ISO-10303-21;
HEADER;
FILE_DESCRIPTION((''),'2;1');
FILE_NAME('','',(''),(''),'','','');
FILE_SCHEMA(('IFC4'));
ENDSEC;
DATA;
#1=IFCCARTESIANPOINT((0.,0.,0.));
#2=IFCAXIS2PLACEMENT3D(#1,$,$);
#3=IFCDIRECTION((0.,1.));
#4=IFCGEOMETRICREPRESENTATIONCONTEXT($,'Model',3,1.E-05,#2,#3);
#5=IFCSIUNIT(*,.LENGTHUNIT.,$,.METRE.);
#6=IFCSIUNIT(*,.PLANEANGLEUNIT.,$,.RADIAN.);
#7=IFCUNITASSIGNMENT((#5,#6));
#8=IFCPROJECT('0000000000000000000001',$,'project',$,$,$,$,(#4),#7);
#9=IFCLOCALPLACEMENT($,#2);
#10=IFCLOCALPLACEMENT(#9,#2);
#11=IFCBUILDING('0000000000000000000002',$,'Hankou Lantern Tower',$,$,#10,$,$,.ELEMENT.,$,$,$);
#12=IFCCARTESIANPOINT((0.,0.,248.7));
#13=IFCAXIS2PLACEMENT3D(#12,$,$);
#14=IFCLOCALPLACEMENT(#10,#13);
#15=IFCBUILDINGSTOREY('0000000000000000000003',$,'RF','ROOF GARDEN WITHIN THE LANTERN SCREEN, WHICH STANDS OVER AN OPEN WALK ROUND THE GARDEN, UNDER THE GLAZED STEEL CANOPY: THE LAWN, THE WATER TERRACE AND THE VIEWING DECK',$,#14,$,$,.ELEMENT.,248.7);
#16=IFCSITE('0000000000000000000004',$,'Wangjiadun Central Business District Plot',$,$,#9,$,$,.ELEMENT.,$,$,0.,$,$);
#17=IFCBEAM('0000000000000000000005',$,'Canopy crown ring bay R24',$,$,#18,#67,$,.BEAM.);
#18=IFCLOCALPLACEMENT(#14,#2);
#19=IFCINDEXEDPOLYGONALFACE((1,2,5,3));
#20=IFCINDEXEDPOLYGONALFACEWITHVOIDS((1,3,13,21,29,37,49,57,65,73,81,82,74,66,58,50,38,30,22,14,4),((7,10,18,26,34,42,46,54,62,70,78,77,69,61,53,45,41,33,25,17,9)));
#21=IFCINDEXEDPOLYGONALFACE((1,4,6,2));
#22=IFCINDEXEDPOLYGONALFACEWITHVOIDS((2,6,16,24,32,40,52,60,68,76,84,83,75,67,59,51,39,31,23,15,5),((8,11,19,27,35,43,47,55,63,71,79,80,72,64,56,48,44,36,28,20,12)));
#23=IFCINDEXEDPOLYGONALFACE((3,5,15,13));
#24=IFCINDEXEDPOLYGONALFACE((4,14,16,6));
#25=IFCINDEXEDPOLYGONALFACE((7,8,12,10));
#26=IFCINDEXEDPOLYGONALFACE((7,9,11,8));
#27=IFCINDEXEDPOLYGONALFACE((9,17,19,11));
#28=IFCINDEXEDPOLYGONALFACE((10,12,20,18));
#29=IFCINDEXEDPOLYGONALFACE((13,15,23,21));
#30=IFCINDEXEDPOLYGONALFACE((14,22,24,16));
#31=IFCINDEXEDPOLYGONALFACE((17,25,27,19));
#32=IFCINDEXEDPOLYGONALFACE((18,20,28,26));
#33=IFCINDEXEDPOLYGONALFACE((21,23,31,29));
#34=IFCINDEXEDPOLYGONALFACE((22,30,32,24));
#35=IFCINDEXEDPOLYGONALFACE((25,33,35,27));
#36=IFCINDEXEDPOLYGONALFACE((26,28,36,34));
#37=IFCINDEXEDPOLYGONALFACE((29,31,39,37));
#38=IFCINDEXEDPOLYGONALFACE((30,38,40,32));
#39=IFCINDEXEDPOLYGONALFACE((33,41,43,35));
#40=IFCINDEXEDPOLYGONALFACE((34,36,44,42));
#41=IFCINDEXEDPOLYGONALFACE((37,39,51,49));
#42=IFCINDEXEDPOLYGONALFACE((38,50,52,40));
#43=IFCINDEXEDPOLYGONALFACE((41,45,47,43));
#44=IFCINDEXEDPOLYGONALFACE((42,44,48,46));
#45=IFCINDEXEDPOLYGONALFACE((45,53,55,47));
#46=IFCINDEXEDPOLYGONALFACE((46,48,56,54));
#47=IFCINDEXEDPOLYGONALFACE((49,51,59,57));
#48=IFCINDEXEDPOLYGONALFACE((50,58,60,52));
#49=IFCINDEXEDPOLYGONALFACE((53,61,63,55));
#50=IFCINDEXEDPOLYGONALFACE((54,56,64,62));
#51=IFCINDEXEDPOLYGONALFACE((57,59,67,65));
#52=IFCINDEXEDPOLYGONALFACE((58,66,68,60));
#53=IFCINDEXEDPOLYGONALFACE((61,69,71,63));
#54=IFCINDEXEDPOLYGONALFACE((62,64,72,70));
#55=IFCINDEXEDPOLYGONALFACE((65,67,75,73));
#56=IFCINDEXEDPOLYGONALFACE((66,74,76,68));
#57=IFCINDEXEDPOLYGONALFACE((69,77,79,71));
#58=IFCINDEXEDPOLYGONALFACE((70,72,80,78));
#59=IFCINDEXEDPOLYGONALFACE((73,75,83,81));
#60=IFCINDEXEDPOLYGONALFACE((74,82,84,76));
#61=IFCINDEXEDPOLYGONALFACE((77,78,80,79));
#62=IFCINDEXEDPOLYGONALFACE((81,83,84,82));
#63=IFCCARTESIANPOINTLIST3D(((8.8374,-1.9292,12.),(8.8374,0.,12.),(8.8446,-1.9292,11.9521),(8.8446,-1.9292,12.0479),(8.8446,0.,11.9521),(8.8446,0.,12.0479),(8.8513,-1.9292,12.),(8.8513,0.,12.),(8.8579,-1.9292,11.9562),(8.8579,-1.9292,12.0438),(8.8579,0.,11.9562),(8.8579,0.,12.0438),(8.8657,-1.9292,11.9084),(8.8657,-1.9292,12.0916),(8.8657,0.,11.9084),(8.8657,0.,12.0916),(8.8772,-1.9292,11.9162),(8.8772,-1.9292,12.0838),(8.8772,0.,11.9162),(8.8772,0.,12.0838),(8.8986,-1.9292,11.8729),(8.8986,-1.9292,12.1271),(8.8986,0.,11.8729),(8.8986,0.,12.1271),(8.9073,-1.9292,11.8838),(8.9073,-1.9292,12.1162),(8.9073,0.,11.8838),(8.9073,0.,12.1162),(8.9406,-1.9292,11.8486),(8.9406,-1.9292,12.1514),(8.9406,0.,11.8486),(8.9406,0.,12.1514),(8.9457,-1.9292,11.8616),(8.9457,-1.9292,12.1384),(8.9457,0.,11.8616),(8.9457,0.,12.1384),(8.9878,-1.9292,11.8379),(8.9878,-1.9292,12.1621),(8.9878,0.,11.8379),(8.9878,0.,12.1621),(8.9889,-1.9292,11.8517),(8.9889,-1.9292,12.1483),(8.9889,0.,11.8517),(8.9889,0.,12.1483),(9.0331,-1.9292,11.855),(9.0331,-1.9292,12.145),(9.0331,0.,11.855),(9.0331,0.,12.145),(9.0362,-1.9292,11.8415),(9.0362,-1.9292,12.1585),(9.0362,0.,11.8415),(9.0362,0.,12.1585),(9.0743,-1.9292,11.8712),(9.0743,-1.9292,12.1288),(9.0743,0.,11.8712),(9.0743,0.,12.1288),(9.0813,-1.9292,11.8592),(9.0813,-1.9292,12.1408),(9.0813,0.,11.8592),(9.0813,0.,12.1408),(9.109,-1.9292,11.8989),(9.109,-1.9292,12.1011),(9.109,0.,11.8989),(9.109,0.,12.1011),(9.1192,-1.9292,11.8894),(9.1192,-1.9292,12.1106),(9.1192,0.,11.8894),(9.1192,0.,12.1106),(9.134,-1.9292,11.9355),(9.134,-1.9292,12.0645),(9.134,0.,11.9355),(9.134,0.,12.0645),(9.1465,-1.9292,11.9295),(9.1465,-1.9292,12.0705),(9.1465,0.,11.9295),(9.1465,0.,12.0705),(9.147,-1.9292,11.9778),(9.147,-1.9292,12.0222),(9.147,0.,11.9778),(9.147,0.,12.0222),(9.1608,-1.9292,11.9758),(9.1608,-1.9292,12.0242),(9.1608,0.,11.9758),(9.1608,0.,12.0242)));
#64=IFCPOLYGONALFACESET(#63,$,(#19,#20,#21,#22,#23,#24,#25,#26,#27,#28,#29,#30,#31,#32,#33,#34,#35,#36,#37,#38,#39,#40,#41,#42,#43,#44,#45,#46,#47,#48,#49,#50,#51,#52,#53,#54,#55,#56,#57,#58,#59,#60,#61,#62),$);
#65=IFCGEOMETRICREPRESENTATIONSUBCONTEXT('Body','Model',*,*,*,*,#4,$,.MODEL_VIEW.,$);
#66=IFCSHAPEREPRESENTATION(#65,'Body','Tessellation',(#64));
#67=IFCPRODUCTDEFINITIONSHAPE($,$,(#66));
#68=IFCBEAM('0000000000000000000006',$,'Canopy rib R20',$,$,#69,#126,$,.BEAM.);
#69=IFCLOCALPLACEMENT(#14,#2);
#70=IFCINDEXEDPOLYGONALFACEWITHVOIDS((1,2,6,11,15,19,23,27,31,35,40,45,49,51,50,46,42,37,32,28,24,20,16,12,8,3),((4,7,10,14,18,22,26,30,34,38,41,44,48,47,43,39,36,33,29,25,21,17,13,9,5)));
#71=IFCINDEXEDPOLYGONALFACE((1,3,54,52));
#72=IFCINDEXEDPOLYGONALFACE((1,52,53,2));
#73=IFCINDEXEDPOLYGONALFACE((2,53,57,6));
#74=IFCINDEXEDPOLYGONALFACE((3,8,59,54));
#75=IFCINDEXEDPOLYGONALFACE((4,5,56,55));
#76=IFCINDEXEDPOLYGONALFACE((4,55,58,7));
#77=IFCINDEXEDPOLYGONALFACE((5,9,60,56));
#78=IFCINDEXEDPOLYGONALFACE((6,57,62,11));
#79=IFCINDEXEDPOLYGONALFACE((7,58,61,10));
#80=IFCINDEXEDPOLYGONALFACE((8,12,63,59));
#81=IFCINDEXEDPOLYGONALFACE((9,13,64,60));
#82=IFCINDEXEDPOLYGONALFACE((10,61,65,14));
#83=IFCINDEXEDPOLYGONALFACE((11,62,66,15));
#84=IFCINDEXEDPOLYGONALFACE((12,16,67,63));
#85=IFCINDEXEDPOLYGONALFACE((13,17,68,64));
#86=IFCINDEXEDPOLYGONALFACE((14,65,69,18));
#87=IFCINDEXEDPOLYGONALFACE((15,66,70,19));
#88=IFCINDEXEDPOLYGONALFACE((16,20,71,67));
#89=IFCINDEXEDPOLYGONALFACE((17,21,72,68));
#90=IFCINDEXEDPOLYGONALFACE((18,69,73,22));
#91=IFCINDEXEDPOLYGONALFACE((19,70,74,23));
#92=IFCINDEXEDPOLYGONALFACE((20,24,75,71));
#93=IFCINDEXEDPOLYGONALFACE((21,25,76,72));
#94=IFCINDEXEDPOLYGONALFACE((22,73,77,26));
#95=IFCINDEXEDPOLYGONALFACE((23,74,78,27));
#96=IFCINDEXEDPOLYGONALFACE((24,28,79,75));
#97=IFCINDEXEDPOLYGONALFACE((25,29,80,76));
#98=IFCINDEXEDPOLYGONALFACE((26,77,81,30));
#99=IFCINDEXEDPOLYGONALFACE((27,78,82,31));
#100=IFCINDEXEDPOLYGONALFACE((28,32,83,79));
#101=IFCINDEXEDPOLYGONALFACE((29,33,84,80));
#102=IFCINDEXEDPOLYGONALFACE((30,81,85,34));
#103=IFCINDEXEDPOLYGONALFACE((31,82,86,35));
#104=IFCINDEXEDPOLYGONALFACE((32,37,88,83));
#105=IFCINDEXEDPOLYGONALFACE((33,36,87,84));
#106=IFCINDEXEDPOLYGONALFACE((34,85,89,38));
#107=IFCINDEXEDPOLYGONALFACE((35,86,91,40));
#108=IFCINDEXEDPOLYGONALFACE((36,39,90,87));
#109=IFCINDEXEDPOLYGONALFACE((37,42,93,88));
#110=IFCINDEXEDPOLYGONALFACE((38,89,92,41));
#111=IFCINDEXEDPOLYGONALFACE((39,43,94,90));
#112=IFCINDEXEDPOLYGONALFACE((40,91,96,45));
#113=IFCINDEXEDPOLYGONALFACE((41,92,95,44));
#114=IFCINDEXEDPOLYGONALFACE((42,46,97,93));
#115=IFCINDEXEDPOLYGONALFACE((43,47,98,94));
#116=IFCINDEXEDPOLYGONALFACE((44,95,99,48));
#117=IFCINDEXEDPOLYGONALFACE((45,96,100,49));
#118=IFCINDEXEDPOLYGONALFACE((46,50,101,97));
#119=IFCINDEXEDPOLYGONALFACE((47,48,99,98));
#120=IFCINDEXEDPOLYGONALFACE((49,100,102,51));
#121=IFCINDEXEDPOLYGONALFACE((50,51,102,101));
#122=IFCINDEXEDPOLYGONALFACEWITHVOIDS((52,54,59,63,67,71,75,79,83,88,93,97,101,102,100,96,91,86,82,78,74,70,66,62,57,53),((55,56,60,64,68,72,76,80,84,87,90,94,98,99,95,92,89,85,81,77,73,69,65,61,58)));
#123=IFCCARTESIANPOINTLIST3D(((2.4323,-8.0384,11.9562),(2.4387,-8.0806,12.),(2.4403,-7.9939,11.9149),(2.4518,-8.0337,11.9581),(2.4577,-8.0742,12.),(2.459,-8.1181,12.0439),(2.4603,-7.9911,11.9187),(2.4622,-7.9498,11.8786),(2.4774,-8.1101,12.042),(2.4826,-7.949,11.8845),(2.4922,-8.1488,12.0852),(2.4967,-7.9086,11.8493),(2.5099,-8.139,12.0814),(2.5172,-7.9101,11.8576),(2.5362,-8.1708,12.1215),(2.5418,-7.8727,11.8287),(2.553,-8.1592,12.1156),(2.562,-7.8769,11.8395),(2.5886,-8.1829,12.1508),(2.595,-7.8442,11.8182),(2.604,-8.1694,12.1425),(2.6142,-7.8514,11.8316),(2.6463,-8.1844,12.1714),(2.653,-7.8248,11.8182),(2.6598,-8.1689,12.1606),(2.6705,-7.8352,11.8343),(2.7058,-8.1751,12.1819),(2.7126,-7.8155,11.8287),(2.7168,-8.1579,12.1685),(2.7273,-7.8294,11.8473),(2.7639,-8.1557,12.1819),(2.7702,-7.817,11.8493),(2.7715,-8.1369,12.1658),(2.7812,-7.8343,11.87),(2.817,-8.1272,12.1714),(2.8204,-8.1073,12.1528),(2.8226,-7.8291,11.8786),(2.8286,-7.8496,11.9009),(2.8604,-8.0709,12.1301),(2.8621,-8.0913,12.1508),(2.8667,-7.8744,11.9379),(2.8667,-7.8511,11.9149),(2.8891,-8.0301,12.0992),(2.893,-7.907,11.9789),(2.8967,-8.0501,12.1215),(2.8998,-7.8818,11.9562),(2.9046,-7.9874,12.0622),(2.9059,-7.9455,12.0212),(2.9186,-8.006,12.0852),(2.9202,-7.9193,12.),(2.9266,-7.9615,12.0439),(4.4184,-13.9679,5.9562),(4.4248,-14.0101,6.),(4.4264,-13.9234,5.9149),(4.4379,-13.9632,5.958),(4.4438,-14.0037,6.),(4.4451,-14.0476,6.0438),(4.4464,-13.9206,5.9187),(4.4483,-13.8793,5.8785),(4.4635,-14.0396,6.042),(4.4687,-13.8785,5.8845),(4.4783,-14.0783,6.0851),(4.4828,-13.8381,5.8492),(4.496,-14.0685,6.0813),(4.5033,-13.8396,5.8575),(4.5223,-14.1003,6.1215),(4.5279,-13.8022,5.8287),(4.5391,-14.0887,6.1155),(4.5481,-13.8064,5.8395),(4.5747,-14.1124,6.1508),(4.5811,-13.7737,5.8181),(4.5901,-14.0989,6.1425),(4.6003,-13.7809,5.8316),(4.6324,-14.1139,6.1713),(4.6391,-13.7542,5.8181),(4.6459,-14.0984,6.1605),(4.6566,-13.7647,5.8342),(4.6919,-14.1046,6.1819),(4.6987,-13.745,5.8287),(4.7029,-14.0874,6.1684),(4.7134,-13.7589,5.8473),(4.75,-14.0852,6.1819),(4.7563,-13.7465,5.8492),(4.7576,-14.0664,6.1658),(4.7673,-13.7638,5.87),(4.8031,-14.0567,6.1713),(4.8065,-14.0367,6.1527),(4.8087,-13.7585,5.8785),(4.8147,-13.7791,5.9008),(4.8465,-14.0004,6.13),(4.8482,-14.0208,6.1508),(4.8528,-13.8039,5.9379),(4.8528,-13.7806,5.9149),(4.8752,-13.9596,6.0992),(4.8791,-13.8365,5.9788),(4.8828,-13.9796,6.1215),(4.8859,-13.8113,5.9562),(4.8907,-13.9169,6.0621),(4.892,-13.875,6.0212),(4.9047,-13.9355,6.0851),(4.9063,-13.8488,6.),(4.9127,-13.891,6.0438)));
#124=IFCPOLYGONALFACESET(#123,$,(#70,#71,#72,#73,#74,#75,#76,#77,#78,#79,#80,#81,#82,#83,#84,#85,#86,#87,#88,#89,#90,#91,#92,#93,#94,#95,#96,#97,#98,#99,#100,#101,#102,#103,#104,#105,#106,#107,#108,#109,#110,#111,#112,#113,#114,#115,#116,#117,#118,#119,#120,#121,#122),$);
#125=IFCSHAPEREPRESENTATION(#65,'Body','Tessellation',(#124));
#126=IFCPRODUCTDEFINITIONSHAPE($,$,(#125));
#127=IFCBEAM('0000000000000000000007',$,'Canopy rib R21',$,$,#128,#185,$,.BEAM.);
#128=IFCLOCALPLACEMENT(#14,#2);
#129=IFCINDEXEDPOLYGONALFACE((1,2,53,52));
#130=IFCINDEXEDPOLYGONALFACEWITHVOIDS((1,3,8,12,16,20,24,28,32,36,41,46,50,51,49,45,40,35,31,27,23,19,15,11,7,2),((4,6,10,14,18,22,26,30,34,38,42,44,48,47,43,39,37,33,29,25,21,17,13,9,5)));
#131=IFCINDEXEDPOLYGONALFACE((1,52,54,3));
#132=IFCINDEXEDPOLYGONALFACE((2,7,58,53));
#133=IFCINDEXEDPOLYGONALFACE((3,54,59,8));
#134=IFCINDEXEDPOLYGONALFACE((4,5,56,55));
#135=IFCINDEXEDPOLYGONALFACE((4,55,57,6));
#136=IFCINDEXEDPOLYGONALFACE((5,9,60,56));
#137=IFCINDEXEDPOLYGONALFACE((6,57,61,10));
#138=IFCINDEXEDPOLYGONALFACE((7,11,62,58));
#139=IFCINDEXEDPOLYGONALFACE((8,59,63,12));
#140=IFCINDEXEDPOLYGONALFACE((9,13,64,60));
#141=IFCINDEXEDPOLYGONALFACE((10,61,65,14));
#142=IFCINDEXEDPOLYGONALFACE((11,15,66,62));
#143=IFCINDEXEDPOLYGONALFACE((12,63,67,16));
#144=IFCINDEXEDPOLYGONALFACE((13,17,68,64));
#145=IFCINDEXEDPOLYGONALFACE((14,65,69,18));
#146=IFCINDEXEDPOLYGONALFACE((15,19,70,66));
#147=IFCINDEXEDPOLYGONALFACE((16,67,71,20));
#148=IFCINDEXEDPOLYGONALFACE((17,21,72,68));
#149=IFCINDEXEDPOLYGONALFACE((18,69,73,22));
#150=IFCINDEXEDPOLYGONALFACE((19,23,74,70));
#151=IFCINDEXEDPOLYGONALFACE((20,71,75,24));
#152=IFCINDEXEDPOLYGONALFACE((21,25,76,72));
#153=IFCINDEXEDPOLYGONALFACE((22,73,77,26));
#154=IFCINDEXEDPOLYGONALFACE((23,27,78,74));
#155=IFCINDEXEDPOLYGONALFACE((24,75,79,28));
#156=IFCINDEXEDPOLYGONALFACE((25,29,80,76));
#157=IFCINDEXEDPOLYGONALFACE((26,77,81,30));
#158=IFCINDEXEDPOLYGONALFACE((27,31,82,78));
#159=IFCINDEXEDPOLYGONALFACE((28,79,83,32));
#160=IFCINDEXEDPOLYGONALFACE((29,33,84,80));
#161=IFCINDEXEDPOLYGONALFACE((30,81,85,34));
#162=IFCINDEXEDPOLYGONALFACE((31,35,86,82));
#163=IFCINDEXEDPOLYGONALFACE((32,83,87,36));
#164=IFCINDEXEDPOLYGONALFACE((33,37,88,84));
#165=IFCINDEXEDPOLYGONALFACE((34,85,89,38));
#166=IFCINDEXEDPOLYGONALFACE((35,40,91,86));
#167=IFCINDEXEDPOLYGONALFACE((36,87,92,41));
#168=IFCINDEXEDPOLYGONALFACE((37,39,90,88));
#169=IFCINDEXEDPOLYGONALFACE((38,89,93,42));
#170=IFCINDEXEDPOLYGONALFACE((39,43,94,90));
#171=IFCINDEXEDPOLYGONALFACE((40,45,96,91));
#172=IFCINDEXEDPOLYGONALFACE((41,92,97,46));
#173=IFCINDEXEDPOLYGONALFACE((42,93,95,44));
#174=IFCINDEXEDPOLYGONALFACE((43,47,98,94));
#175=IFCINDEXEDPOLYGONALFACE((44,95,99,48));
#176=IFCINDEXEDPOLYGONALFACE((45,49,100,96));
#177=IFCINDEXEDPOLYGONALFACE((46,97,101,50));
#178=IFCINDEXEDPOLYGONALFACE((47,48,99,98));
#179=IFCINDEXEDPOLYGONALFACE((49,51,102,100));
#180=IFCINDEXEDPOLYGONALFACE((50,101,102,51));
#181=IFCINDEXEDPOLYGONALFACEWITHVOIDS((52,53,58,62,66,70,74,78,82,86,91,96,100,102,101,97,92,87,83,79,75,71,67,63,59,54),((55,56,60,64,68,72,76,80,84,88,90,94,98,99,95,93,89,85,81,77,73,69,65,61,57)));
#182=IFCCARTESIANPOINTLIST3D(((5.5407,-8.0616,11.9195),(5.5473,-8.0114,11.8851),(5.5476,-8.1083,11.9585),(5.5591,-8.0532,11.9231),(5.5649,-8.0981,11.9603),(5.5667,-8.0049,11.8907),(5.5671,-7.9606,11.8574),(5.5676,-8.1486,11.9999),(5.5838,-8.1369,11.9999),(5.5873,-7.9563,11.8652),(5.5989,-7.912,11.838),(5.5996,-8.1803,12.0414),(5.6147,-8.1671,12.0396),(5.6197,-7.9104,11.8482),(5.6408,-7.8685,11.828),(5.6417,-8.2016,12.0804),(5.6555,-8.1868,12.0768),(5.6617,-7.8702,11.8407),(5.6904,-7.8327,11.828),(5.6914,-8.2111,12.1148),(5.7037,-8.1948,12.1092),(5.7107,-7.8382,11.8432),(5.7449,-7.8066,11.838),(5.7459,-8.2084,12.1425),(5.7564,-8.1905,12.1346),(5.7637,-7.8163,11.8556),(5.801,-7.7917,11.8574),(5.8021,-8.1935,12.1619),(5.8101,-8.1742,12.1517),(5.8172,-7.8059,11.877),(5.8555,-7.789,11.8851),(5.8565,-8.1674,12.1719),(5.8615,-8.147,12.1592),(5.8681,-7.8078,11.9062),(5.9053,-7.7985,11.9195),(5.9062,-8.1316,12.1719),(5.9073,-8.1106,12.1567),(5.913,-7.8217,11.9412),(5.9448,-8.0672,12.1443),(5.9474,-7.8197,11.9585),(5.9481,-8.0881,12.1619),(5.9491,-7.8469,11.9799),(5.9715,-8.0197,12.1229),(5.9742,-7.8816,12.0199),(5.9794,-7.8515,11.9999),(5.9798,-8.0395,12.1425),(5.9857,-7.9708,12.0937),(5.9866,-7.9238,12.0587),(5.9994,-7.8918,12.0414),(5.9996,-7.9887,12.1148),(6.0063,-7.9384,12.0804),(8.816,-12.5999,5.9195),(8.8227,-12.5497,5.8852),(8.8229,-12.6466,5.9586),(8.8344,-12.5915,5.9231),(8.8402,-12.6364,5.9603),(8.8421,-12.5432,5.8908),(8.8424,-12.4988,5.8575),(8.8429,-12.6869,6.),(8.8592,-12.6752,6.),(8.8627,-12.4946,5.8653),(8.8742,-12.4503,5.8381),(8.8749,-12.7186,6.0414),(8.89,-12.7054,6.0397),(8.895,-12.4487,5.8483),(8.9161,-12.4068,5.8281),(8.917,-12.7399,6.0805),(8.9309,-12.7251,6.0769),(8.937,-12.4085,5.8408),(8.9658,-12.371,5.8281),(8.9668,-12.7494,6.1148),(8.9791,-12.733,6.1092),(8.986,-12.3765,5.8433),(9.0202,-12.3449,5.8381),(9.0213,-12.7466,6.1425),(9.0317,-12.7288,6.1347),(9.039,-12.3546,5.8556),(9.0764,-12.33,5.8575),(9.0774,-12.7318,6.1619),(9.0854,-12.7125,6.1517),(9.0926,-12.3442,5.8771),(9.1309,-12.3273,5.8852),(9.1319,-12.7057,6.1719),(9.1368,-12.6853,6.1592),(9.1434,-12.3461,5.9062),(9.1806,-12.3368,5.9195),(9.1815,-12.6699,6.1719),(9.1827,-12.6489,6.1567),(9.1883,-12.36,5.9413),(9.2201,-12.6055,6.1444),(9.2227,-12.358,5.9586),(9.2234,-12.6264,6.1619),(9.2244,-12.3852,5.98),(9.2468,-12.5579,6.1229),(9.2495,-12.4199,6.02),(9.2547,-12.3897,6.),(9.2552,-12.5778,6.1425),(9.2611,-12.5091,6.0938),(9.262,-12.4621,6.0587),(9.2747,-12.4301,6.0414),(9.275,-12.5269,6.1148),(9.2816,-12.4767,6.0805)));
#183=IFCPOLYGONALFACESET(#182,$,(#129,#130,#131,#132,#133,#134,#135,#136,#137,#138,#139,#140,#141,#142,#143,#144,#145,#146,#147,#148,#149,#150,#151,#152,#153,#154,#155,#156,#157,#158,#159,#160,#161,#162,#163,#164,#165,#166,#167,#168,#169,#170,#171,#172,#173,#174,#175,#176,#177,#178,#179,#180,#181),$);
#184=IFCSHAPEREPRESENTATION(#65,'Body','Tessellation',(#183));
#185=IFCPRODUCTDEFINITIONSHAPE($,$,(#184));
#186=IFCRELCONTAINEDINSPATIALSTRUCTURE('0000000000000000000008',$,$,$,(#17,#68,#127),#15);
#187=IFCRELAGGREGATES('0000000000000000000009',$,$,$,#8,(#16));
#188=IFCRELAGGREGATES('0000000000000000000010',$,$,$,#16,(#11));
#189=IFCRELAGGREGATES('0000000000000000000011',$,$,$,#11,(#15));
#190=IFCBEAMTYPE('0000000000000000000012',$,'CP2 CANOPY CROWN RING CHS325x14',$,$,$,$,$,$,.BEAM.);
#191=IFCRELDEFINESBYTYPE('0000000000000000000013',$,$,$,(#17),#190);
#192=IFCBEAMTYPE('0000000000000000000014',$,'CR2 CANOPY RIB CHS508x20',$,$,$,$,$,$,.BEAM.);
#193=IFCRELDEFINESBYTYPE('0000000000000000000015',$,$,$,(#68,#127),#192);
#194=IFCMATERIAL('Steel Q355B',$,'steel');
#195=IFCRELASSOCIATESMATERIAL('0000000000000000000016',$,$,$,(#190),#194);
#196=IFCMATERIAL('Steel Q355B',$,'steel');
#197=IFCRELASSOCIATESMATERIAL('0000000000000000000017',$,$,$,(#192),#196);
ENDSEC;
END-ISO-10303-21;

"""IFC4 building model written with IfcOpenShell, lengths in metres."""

from ifc_helpers import new_model, si_unit, direction, frame, origin, origin_2d, place, context, subcontext, project, spatial, hollow_circle, extrude, material, material_profile, profile_set, type_object, element, save


model = new_model("IFC4")

# Units and contexts
model_context = context("Model", 3, precision=1e-05, world=origin(), true_north=direction((0.0, 1.0)))
body_context = subcontext(model_context, "Body", "Model", "MODEL_VIEW")
ifc_project = project(units=[si_unit("LENGTHUNIT", "METRE"), si_unit("PLANEANGLEUNIT", "RADIAN")], contexts=[model_context])

# Site, building, storey
site_placement = place(None, origin())
site = spatial("IfcSite", under=ifc_project, at=site_placement, Name="Wangjiadun Central Business District Plot", CompositionType="ELEMENT", RefElevation=0.0)
building_placement = place(site_placement, origin())
building = spatial("IfcBuilding", under=site, at=building_placement, Name="Hankou Lantern Tower", CompositionType="ELEMENT")
storey_placement = place(building_placement, frame((0.0, 0.0, 248.7)))
storey = spatial("IfcBuildingStorey", under=building, at=storey_placement, Name="RF", Description="ROOF GARDEN WITHIN THE LANTERN SCREEN, WHICH STANDS OVER AN OPEN WALK ROUND THE GARDEN, UNDER THE GLAZED STEEL CANOPY: THE LAWN, THE WATER TERRACE AND THE VIEWING DECK", CompositionType="ELEMENT", Elevation=248.7)

# Beams
ifc_material_1 = material(Name="Steel Q355B", Category="steel")
ifc_material_profile_1 = material_profile(ifc_material_1, hollow_circle(Radius=0.1626, WallThickness=0.0139, at=origin_2d()), Name="CHS325x14")
ifc_profile_set_1 = profile_set([ifc_material_profile_1], Name="Steel Q355B")
beam_type_1 = type_object("IfcBeamType", Name="CP2 CANOPY CROWN RING CHS325x14", PredefinedType="BEAM", material=ifc_profile_set_1)
beam_1_placement = place(storey_placement, frame((9.0, -1.9292, 12.0), z_axis=(0.0, 1.0, 0.0), x_axis=(-1.0, 0.0, 0.0)))
element("IfcBeam", 1, at=beam_1_placement, inside=storey, type_object=beam_type_1, Name="Canopy crown ring bay R24", PredefinedType="BEAM", context=body_context, shape_type="SweptSolid", body=[
    extrude(hollow_circle(Radius=0.1626, WallThickness=0.0139, at=origin_2d()), origin(), (0.0, 0.0, 1.0), 1.9292),
])
ifc_material_2 = material(Name="Steel Q355B", Category="steel")
ifc_material_profile_2 = material_profile(ifc_material_2, hollow_circle(Radius=0.2539, WallThickness=0.02, at=origin_2d()), Name="CHS508x20")
ifc_profile_set_2 = profile_set([ifc_material_profile_2], Name="Steel Q355B")
beam_type_2 = type_object("IfcBeamType", Name="CR2 CANOPY RIB CHS508x20", PredefinedType="BEAM", material=ifc_profile_set_2)
beam_2_placement = place(storey_placement, frame((4.6655, -13.9294, 6.0), z_axis=(-0.229176, 0.684204, 0.692346), x_axis=(-0.948222, -0.31761, 0.0)))
element("IfcBeam", 2, at=beam_2_placement, inside=storey, type_object=beam_type_2, Name="Canopy rib R20", PredefinedType="BEAM", context=body_context, shape_type="SweptSolid", body=[
    extrude(hollow_circle(Radius=0.2539, WallThickness=0.02, at=origin_2d()), origin(), (0.0, 0.0, 1.0), 8.6663),
])
beam_3_placement = place(storey_placement, frame((9.0488, -12.5383, 6.0), z_axis=(-0.399187, 0.553107, 0.731247), x_axis=(-0.810874, -0.585221, 0.0)))
element("IfcBeam", 3, at=beam_3_placement, inside=storey, type_object=beam_type_2, Name="Canopy rib R21", PredefinedType="BEAM", context=body_context, shape_type="SweptSolid", body=[
    extrude(hollow_circle(Radius=0.2539, WallThickness=0.02, at=origin_2d()), origin(), (0.0, 0.0, 1.0), 8.2051),
])

save(model, "model.ifc")
